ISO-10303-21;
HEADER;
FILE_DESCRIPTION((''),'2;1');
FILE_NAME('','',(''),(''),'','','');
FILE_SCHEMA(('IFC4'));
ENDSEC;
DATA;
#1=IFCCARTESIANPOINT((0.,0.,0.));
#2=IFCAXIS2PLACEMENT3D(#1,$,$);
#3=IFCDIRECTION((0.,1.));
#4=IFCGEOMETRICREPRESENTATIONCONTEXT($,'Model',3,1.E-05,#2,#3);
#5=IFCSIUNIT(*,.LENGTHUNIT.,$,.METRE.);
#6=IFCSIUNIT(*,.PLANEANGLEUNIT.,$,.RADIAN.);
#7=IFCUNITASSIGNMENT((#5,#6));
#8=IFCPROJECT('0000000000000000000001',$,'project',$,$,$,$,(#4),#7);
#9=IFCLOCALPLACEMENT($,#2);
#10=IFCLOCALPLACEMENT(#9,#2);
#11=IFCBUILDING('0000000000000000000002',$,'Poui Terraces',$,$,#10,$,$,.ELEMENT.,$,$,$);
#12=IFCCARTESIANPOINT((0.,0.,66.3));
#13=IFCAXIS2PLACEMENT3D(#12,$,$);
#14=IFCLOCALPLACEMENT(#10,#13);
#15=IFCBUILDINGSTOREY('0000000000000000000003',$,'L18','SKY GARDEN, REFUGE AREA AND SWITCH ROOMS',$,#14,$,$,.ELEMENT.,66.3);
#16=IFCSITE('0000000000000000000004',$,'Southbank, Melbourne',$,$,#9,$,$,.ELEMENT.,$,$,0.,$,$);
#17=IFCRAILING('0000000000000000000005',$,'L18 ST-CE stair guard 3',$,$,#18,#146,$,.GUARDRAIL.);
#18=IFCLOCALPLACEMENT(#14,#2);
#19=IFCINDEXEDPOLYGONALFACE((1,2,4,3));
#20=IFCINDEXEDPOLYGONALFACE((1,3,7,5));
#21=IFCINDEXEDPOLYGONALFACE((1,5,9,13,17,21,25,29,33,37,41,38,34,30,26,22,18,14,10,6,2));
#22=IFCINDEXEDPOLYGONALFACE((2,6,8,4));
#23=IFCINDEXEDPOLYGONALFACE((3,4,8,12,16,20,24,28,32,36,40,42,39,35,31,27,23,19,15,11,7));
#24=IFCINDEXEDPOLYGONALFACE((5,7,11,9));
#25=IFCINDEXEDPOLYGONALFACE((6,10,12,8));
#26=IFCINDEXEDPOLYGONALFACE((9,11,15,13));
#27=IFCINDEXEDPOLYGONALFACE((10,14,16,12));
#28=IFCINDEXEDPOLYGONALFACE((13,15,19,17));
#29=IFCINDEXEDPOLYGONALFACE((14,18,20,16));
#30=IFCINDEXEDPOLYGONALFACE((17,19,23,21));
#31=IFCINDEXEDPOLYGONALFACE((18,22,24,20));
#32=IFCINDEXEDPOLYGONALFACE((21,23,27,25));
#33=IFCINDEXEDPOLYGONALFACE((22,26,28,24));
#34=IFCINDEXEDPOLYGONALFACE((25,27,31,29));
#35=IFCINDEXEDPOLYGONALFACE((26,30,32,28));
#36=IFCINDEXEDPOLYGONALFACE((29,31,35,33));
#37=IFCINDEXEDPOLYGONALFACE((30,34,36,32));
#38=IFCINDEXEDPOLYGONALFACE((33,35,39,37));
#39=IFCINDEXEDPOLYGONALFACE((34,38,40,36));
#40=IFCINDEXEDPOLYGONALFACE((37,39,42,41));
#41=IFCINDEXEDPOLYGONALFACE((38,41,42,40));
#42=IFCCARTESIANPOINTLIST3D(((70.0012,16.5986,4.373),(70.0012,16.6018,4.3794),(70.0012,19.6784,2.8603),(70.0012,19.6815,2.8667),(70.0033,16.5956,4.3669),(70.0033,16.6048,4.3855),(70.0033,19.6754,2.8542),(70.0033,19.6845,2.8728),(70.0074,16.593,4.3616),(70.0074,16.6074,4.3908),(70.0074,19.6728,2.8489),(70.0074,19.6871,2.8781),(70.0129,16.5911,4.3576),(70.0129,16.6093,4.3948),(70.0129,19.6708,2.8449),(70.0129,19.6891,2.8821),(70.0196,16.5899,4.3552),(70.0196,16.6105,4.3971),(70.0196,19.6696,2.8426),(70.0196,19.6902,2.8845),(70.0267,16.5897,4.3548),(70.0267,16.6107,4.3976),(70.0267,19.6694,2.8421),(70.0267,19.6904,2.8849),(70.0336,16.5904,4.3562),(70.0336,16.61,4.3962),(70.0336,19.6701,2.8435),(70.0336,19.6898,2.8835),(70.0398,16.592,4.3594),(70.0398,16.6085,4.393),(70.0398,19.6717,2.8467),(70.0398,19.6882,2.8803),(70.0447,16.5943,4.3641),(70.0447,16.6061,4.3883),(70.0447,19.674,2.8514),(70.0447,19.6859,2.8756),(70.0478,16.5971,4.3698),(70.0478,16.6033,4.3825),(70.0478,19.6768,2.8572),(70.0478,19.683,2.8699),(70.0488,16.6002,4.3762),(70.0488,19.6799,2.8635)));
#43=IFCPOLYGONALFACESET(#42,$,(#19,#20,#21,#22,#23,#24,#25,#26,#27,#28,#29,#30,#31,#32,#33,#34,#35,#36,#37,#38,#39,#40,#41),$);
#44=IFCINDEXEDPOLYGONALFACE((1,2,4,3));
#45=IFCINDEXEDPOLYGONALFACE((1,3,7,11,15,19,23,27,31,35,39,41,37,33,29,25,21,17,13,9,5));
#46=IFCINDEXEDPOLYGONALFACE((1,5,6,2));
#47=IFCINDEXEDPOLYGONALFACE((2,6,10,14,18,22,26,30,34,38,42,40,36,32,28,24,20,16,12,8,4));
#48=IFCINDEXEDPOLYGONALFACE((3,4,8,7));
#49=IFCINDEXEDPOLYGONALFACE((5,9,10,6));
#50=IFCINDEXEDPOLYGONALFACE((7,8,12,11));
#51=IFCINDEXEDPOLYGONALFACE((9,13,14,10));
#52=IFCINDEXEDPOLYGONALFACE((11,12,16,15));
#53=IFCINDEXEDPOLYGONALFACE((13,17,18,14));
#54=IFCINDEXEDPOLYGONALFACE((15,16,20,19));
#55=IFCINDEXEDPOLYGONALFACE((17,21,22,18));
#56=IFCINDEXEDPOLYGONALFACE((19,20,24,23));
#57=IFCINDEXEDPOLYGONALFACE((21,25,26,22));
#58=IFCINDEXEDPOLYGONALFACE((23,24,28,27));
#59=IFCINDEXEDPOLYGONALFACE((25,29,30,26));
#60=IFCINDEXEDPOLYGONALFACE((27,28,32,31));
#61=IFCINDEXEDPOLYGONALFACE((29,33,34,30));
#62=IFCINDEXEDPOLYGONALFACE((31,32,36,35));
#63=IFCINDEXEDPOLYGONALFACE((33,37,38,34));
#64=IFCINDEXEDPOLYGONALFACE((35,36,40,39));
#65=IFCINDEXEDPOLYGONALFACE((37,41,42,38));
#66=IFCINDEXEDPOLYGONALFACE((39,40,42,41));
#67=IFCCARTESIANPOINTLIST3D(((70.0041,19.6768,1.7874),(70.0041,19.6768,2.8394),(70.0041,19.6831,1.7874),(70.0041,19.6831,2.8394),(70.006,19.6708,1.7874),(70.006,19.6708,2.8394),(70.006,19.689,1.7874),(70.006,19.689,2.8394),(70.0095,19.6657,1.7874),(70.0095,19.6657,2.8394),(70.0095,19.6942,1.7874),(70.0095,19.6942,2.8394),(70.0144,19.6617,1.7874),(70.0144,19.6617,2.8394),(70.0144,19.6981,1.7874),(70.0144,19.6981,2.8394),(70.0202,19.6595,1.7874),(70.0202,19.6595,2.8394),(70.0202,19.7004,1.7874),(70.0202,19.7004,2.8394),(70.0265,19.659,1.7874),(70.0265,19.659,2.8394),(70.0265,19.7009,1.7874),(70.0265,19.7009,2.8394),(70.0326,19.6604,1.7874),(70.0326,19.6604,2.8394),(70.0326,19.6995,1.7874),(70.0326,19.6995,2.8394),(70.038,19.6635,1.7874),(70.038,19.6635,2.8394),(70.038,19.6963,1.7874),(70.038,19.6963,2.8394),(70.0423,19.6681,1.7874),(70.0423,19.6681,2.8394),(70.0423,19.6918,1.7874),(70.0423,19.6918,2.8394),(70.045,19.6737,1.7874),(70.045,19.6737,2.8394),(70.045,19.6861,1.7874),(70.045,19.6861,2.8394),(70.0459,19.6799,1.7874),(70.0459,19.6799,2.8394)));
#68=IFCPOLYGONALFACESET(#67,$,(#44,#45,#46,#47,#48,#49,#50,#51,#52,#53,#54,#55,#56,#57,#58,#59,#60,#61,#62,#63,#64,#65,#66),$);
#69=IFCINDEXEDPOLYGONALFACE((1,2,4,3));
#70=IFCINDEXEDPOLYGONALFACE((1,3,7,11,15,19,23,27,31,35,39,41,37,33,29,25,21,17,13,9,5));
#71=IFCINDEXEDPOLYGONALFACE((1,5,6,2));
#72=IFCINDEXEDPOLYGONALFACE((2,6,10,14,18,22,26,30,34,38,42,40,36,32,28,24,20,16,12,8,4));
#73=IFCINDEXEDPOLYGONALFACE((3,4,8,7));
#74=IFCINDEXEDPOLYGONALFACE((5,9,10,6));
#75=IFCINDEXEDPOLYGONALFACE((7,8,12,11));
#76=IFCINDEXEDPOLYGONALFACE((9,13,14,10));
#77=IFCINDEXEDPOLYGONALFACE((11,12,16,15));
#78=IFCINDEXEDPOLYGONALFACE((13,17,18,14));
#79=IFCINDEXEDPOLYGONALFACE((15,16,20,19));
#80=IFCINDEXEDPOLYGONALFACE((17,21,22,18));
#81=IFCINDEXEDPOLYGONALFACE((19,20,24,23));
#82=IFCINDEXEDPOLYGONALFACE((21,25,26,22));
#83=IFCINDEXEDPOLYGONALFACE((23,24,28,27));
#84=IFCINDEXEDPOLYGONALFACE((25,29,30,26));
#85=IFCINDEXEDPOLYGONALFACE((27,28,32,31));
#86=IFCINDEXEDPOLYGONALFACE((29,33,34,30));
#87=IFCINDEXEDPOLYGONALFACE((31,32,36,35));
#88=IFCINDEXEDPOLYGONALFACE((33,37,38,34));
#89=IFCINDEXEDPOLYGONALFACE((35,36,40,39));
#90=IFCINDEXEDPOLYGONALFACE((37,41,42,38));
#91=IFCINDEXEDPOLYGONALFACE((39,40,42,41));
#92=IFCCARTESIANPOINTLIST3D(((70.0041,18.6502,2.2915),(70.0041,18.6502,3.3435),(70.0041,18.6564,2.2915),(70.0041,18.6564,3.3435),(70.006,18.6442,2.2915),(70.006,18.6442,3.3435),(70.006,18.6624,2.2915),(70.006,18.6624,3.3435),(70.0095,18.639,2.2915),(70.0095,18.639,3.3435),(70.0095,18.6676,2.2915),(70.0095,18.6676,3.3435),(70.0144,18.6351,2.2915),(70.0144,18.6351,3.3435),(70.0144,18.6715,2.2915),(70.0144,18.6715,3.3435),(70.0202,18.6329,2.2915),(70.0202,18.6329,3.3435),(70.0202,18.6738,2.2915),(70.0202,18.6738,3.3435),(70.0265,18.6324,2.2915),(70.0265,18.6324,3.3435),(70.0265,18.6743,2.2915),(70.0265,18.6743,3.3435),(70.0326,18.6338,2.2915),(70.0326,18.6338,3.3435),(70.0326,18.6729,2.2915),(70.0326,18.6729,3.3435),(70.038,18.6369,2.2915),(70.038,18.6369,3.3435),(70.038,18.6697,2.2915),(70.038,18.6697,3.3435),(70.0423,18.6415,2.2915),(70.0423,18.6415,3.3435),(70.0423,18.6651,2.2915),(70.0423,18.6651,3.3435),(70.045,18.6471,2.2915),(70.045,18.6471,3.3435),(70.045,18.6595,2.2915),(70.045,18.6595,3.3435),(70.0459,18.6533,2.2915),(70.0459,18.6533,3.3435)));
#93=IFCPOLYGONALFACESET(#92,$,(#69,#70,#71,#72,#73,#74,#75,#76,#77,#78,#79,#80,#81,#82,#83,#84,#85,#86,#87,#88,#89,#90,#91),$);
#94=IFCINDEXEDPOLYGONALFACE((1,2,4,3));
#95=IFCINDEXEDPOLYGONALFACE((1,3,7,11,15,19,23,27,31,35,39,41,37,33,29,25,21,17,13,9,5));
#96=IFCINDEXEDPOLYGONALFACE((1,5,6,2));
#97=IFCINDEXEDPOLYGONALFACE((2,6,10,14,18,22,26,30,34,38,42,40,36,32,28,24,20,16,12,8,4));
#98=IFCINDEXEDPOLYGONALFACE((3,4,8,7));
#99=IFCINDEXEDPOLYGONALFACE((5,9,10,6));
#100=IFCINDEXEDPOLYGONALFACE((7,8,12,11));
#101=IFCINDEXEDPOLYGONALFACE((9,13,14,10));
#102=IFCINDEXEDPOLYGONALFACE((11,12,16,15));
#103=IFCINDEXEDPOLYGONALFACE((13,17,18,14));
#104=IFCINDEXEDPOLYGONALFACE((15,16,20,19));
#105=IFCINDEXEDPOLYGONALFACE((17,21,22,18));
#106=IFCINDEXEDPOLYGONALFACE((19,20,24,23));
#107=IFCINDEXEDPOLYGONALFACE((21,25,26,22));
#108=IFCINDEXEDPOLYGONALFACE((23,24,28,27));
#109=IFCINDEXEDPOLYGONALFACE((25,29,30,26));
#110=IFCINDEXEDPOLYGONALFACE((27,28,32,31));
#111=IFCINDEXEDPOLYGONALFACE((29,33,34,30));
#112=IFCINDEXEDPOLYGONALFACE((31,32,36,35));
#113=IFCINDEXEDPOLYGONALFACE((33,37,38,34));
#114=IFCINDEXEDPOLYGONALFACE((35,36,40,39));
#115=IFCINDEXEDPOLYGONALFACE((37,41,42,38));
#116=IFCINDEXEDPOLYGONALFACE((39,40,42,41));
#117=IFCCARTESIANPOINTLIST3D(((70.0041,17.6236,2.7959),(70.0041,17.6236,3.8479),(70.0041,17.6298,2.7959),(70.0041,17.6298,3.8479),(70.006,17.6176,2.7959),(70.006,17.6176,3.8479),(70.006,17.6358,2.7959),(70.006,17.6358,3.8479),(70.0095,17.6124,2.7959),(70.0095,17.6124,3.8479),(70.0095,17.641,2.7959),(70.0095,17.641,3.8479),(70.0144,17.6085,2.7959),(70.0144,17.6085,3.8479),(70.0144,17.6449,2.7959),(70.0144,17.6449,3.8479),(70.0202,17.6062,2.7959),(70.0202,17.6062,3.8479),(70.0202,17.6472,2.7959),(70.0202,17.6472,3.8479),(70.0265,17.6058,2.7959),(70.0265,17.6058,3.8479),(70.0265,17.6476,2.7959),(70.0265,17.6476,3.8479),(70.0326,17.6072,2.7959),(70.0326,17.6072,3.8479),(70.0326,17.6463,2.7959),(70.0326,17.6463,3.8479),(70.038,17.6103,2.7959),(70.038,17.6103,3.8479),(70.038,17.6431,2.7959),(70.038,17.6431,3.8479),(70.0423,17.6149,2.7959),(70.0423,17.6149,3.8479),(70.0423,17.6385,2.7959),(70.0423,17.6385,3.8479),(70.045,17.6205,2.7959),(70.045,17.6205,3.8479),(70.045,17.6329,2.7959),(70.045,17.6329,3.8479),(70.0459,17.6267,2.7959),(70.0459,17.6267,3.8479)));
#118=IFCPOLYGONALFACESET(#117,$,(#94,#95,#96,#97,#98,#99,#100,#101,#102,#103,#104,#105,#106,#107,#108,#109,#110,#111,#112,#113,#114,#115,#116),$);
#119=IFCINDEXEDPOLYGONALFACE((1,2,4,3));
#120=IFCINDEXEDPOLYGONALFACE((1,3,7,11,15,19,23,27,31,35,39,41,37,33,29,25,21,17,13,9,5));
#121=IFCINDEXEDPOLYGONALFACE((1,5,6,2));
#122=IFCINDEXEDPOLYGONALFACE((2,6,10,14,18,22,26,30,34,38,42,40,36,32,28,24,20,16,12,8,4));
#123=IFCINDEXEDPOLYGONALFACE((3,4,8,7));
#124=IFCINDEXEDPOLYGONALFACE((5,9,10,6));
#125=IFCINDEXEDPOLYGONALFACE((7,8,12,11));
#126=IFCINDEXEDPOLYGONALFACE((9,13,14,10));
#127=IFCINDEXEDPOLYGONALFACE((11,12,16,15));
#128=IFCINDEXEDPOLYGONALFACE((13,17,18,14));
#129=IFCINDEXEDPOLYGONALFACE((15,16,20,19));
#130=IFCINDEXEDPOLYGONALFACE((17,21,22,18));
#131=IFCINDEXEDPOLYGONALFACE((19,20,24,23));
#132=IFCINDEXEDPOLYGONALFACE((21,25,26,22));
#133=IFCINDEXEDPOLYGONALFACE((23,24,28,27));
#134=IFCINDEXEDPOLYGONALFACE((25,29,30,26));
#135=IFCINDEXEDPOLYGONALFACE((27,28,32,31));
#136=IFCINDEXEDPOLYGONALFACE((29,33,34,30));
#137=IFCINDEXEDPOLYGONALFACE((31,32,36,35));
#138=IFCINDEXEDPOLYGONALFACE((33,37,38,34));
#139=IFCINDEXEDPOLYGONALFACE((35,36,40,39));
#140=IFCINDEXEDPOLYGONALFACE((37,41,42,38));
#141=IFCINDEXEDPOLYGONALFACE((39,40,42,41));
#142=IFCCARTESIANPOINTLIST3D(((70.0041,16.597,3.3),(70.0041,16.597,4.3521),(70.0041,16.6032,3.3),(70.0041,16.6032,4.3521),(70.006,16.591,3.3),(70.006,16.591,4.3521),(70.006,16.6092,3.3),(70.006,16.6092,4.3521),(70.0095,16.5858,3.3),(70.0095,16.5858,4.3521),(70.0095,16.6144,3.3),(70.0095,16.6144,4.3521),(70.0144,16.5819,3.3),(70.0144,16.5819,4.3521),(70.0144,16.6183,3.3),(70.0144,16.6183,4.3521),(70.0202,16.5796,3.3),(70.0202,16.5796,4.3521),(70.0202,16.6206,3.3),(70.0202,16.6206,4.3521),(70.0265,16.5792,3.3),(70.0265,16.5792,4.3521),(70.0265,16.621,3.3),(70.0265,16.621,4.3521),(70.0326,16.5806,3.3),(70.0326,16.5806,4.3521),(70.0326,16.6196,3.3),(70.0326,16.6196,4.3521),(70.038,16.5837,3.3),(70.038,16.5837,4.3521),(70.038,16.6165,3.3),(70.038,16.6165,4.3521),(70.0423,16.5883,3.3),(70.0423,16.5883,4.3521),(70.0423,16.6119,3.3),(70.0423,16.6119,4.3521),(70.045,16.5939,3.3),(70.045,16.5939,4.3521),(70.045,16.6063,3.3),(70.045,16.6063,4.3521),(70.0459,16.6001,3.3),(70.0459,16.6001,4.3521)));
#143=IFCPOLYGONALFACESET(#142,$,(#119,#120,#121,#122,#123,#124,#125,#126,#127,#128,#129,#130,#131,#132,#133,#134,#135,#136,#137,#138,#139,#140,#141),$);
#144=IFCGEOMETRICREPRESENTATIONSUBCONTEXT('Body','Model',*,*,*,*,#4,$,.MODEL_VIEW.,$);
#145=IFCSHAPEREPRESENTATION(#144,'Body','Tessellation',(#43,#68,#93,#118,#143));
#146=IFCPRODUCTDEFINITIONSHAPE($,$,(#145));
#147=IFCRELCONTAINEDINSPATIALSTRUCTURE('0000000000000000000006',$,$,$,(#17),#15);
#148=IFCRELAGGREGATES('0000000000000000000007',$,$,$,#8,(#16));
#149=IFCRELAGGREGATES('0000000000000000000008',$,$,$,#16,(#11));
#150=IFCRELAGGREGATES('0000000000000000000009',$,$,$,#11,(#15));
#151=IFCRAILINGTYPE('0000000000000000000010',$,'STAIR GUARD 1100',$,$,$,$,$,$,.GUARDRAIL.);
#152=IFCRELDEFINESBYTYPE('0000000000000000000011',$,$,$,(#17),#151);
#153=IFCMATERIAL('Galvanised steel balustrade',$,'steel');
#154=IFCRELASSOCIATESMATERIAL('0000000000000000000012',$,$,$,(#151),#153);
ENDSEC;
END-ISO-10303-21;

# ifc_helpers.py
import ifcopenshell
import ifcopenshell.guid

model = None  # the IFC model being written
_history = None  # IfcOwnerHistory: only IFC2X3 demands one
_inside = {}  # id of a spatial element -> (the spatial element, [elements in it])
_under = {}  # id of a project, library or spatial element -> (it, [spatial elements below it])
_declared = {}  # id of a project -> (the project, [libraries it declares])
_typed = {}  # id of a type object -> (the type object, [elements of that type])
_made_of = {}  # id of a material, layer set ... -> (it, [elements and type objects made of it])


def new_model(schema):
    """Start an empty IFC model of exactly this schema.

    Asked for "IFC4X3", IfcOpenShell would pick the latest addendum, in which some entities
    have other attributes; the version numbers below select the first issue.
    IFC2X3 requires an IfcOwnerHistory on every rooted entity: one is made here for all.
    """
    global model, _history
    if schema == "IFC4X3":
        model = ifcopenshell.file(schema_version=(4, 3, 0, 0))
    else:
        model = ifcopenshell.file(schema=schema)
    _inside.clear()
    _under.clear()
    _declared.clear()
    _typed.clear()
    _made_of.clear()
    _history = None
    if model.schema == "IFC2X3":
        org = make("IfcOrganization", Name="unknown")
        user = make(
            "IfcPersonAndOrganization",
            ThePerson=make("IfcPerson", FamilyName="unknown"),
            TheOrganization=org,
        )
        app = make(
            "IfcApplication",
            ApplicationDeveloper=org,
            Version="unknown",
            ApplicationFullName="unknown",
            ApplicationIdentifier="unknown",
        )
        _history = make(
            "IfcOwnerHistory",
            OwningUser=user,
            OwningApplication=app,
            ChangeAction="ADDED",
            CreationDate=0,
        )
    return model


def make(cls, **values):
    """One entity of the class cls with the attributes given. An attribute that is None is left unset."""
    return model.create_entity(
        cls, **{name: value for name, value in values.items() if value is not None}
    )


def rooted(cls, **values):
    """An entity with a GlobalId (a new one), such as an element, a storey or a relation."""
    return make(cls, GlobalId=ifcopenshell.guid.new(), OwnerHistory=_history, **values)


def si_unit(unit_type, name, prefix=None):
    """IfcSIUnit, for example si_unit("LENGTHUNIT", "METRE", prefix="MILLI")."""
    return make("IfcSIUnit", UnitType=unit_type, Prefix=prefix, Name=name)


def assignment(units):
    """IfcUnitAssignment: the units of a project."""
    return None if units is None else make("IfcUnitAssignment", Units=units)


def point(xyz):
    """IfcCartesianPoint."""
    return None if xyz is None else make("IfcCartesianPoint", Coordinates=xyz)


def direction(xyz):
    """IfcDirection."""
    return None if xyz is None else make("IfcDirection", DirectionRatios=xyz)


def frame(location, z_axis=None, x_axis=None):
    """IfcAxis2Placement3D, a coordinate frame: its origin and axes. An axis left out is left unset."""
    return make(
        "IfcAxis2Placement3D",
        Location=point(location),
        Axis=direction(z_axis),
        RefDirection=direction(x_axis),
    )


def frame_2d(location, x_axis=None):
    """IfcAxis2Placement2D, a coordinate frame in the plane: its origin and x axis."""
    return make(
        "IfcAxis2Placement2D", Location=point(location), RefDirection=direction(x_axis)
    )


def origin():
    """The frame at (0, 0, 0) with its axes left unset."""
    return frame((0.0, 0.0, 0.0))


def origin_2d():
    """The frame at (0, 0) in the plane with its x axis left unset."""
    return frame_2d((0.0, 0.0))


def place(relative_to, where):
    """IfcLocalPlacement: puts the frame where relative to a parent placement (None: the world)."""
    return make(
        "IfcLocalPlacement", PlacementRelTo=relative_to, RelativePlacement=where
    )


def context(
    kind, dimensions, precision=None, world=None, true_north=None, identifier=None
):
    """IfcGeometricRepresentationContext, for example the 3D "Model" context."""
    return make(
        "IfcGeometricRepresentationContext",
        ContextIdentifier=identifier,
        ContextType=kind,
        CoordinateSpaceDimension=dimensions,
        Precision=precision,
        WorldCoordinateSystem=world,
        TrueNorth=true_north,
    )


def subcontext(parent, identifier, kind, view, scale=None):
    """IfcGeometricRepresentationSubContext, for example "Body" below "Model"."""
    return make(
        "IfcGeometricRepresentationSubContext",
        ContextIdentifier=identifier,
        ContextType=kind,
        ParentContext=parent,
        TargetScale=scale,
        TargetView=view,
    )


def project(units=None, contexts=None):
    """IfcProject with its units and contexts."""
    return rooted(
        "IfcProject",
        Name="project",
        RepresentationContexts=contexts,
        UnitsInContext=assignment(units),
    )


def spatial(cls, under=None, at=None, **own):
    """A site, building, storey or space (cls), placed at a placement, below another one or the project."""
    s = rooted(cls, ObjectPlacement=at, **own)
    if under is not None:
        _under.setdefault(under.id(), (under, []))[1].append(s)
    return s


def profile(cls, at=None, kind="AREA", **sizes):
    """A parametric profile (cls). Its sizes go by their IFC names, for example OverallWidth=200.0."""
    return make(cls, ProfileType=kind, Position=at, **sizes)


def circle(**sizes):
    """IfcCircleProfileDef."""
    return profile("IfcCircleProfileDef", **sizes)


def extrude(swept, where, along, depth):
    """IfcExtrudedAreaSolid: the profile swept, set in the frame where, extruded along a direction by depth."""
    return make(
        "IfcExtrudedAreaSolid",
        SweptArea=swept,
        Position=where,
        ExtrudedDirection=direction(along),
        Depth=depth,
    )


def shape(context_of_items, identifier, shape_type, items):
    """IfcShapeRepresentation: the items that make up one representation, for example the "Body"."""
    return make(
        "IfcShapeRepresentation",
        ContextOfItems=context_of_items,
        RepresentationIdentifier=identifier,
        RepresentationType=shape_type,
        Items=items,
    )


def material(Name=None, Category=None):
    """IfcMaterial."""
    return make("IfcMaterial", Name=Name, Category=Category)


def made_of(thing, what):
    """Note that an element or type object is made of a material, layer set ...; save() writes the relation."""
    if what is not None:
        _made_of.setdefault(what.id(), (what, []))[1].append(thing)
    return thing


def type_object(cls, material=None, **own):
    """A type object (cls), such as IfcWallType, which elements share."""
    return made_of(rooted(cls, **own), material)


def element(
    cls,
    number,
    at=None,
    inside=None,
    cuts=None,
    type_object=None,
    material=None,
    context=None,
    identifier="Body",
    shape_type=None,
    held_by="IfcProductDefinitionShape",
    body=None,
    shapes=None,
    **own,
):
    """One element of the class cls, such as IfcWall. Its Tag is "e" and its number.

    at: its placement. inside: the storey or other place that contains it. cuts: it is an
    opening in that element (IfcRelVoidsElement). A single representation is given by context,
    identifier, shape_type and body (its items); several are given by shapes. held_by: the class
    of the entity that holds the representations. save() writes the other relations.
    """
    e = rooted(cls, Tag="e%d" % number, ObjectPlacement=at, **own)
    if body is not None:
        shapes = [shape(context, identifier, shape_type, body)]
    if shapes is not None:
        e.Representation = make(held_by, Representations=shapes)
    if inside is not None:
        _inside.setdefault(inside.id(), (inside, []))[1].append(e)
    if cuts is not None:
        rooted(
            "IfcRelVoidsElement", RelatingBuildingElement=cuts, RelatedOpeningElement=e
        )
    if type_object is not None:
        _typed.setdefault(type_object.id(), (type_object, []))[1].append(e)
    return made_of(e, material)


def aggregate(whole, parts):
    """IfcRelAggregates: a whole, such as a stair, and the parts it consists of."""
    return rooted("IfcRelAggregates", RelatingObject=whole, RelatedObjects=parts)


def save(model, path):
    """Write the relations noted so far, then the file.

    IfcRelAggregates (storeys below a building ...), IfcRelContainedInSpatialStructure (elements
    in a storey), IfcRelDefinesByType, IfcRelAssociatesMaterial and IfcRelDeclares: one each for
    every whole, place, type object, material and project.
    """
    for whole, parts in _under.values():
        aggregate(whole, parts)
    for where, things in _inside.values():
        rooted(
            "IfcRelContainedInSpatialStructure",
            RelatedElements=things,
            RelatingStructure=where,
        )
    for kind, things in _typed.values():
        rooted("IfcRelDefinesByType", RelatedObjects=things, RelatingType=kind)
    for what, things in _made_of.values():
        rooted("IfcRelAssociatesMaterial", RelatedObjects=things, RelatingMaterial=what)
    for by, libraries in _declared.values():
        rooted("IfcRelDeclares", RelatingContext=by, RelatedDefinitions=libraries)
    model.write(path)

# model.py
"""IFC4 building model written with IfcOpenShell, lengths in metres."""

from ifc_helpers import new_model, si_unit, direction, frame, origin, origin_2d, place, context, subcontext, project, spatial, circle, extrude, material, type_object, element, save


model = new_model("IFC4")

# Units and contexts
model_context = context("Model", 3, precision=1e-05, world=origin(), true_north=direction((0.0, 1.0)))
body_context = subcontext(model_context, "Body", "Model", "MODEL_VIEW")
ifc_project = project(units=[si_unit("LENGTHUNIT", "METRE"), si_unit("PLANEANGLEUNIT", "RADIAN")], contexts=[model_context])

# Site, building, storey
site_placement = place(None, origin())
site = spatial("IfcSite", under=ifc_project, at=site_placement, Name="Southbank, Melbourne", CompositionType="ELEMENT", RefElevation=0.0)
building_placement = place(site_placement, origin())
building = spatial("IfcBuilding", under=site, at=building_placement, Name="Poui Terraces", CompositionType="ELEMENT")
storey_placement = place(building_placement, frame((0.0, 0.0, 66.3)))
storey = spatial("IfcBuildingStorey", under=building, at=storey_placement, Name="L18", Description="SKY GARDEN, REFUGE AREA AND SWITCH ROOMS", CompositionType="ELEMENT", Elevation=66.3)

# Railing
ifc_material_1 = material(Name="Galvanised steel balustrade", Category="steel")
railing_type_1 = type_object("IfcRailingType", Name="STAIR GUARD 1100", PredefinedType="GUARDRAIL", material=ifc_material_1)
railing_1_placement = place(storey_placement, frame((70.0249, 19.6799, 1.7874)))
element("IfcRailing", 1, at=railing_1_placement, inside=storey, type_object=railing_type_1, Name="L18 ST-CE stair guard 3", PredefinedType="GUARDRAIL", context=body_context, shape_type="SweptSolid", body=[
    extrude(circle(Radius=0.0239, at=origin_2d()), frame((0.0, 0.0, 1.0762), z_axis=(0.0, -0.897578, 0.440856), x_axis=(1.0, 0.0, 0.0)), (0.0, 0.0, 1.0), 3.4312),
    extrude(circle(Radius=0.021, at=origin_2d()), origin(), (0.0, 0.0, 1.0), 1.052),
    extrude(circle(Radius=0.021, at=origin_2d()), frame((0.0, -1.0266, 0.5042)), (0.0, 0.0, 1.0), 1.052),
    extrude(circle(Radius=0.021, at=origin_2d()), frame((0.0, -2.0532, 1.0085)), (0.0, 0.0, 1.0), 1.052),
    extrude(circle(Radius=0.021, at=origin_2d()), frame((0.0, -3.0798, 1.5127)), (0.0, 0.0, 1.0), 1.052),
])

save(model, "model.ifc")
